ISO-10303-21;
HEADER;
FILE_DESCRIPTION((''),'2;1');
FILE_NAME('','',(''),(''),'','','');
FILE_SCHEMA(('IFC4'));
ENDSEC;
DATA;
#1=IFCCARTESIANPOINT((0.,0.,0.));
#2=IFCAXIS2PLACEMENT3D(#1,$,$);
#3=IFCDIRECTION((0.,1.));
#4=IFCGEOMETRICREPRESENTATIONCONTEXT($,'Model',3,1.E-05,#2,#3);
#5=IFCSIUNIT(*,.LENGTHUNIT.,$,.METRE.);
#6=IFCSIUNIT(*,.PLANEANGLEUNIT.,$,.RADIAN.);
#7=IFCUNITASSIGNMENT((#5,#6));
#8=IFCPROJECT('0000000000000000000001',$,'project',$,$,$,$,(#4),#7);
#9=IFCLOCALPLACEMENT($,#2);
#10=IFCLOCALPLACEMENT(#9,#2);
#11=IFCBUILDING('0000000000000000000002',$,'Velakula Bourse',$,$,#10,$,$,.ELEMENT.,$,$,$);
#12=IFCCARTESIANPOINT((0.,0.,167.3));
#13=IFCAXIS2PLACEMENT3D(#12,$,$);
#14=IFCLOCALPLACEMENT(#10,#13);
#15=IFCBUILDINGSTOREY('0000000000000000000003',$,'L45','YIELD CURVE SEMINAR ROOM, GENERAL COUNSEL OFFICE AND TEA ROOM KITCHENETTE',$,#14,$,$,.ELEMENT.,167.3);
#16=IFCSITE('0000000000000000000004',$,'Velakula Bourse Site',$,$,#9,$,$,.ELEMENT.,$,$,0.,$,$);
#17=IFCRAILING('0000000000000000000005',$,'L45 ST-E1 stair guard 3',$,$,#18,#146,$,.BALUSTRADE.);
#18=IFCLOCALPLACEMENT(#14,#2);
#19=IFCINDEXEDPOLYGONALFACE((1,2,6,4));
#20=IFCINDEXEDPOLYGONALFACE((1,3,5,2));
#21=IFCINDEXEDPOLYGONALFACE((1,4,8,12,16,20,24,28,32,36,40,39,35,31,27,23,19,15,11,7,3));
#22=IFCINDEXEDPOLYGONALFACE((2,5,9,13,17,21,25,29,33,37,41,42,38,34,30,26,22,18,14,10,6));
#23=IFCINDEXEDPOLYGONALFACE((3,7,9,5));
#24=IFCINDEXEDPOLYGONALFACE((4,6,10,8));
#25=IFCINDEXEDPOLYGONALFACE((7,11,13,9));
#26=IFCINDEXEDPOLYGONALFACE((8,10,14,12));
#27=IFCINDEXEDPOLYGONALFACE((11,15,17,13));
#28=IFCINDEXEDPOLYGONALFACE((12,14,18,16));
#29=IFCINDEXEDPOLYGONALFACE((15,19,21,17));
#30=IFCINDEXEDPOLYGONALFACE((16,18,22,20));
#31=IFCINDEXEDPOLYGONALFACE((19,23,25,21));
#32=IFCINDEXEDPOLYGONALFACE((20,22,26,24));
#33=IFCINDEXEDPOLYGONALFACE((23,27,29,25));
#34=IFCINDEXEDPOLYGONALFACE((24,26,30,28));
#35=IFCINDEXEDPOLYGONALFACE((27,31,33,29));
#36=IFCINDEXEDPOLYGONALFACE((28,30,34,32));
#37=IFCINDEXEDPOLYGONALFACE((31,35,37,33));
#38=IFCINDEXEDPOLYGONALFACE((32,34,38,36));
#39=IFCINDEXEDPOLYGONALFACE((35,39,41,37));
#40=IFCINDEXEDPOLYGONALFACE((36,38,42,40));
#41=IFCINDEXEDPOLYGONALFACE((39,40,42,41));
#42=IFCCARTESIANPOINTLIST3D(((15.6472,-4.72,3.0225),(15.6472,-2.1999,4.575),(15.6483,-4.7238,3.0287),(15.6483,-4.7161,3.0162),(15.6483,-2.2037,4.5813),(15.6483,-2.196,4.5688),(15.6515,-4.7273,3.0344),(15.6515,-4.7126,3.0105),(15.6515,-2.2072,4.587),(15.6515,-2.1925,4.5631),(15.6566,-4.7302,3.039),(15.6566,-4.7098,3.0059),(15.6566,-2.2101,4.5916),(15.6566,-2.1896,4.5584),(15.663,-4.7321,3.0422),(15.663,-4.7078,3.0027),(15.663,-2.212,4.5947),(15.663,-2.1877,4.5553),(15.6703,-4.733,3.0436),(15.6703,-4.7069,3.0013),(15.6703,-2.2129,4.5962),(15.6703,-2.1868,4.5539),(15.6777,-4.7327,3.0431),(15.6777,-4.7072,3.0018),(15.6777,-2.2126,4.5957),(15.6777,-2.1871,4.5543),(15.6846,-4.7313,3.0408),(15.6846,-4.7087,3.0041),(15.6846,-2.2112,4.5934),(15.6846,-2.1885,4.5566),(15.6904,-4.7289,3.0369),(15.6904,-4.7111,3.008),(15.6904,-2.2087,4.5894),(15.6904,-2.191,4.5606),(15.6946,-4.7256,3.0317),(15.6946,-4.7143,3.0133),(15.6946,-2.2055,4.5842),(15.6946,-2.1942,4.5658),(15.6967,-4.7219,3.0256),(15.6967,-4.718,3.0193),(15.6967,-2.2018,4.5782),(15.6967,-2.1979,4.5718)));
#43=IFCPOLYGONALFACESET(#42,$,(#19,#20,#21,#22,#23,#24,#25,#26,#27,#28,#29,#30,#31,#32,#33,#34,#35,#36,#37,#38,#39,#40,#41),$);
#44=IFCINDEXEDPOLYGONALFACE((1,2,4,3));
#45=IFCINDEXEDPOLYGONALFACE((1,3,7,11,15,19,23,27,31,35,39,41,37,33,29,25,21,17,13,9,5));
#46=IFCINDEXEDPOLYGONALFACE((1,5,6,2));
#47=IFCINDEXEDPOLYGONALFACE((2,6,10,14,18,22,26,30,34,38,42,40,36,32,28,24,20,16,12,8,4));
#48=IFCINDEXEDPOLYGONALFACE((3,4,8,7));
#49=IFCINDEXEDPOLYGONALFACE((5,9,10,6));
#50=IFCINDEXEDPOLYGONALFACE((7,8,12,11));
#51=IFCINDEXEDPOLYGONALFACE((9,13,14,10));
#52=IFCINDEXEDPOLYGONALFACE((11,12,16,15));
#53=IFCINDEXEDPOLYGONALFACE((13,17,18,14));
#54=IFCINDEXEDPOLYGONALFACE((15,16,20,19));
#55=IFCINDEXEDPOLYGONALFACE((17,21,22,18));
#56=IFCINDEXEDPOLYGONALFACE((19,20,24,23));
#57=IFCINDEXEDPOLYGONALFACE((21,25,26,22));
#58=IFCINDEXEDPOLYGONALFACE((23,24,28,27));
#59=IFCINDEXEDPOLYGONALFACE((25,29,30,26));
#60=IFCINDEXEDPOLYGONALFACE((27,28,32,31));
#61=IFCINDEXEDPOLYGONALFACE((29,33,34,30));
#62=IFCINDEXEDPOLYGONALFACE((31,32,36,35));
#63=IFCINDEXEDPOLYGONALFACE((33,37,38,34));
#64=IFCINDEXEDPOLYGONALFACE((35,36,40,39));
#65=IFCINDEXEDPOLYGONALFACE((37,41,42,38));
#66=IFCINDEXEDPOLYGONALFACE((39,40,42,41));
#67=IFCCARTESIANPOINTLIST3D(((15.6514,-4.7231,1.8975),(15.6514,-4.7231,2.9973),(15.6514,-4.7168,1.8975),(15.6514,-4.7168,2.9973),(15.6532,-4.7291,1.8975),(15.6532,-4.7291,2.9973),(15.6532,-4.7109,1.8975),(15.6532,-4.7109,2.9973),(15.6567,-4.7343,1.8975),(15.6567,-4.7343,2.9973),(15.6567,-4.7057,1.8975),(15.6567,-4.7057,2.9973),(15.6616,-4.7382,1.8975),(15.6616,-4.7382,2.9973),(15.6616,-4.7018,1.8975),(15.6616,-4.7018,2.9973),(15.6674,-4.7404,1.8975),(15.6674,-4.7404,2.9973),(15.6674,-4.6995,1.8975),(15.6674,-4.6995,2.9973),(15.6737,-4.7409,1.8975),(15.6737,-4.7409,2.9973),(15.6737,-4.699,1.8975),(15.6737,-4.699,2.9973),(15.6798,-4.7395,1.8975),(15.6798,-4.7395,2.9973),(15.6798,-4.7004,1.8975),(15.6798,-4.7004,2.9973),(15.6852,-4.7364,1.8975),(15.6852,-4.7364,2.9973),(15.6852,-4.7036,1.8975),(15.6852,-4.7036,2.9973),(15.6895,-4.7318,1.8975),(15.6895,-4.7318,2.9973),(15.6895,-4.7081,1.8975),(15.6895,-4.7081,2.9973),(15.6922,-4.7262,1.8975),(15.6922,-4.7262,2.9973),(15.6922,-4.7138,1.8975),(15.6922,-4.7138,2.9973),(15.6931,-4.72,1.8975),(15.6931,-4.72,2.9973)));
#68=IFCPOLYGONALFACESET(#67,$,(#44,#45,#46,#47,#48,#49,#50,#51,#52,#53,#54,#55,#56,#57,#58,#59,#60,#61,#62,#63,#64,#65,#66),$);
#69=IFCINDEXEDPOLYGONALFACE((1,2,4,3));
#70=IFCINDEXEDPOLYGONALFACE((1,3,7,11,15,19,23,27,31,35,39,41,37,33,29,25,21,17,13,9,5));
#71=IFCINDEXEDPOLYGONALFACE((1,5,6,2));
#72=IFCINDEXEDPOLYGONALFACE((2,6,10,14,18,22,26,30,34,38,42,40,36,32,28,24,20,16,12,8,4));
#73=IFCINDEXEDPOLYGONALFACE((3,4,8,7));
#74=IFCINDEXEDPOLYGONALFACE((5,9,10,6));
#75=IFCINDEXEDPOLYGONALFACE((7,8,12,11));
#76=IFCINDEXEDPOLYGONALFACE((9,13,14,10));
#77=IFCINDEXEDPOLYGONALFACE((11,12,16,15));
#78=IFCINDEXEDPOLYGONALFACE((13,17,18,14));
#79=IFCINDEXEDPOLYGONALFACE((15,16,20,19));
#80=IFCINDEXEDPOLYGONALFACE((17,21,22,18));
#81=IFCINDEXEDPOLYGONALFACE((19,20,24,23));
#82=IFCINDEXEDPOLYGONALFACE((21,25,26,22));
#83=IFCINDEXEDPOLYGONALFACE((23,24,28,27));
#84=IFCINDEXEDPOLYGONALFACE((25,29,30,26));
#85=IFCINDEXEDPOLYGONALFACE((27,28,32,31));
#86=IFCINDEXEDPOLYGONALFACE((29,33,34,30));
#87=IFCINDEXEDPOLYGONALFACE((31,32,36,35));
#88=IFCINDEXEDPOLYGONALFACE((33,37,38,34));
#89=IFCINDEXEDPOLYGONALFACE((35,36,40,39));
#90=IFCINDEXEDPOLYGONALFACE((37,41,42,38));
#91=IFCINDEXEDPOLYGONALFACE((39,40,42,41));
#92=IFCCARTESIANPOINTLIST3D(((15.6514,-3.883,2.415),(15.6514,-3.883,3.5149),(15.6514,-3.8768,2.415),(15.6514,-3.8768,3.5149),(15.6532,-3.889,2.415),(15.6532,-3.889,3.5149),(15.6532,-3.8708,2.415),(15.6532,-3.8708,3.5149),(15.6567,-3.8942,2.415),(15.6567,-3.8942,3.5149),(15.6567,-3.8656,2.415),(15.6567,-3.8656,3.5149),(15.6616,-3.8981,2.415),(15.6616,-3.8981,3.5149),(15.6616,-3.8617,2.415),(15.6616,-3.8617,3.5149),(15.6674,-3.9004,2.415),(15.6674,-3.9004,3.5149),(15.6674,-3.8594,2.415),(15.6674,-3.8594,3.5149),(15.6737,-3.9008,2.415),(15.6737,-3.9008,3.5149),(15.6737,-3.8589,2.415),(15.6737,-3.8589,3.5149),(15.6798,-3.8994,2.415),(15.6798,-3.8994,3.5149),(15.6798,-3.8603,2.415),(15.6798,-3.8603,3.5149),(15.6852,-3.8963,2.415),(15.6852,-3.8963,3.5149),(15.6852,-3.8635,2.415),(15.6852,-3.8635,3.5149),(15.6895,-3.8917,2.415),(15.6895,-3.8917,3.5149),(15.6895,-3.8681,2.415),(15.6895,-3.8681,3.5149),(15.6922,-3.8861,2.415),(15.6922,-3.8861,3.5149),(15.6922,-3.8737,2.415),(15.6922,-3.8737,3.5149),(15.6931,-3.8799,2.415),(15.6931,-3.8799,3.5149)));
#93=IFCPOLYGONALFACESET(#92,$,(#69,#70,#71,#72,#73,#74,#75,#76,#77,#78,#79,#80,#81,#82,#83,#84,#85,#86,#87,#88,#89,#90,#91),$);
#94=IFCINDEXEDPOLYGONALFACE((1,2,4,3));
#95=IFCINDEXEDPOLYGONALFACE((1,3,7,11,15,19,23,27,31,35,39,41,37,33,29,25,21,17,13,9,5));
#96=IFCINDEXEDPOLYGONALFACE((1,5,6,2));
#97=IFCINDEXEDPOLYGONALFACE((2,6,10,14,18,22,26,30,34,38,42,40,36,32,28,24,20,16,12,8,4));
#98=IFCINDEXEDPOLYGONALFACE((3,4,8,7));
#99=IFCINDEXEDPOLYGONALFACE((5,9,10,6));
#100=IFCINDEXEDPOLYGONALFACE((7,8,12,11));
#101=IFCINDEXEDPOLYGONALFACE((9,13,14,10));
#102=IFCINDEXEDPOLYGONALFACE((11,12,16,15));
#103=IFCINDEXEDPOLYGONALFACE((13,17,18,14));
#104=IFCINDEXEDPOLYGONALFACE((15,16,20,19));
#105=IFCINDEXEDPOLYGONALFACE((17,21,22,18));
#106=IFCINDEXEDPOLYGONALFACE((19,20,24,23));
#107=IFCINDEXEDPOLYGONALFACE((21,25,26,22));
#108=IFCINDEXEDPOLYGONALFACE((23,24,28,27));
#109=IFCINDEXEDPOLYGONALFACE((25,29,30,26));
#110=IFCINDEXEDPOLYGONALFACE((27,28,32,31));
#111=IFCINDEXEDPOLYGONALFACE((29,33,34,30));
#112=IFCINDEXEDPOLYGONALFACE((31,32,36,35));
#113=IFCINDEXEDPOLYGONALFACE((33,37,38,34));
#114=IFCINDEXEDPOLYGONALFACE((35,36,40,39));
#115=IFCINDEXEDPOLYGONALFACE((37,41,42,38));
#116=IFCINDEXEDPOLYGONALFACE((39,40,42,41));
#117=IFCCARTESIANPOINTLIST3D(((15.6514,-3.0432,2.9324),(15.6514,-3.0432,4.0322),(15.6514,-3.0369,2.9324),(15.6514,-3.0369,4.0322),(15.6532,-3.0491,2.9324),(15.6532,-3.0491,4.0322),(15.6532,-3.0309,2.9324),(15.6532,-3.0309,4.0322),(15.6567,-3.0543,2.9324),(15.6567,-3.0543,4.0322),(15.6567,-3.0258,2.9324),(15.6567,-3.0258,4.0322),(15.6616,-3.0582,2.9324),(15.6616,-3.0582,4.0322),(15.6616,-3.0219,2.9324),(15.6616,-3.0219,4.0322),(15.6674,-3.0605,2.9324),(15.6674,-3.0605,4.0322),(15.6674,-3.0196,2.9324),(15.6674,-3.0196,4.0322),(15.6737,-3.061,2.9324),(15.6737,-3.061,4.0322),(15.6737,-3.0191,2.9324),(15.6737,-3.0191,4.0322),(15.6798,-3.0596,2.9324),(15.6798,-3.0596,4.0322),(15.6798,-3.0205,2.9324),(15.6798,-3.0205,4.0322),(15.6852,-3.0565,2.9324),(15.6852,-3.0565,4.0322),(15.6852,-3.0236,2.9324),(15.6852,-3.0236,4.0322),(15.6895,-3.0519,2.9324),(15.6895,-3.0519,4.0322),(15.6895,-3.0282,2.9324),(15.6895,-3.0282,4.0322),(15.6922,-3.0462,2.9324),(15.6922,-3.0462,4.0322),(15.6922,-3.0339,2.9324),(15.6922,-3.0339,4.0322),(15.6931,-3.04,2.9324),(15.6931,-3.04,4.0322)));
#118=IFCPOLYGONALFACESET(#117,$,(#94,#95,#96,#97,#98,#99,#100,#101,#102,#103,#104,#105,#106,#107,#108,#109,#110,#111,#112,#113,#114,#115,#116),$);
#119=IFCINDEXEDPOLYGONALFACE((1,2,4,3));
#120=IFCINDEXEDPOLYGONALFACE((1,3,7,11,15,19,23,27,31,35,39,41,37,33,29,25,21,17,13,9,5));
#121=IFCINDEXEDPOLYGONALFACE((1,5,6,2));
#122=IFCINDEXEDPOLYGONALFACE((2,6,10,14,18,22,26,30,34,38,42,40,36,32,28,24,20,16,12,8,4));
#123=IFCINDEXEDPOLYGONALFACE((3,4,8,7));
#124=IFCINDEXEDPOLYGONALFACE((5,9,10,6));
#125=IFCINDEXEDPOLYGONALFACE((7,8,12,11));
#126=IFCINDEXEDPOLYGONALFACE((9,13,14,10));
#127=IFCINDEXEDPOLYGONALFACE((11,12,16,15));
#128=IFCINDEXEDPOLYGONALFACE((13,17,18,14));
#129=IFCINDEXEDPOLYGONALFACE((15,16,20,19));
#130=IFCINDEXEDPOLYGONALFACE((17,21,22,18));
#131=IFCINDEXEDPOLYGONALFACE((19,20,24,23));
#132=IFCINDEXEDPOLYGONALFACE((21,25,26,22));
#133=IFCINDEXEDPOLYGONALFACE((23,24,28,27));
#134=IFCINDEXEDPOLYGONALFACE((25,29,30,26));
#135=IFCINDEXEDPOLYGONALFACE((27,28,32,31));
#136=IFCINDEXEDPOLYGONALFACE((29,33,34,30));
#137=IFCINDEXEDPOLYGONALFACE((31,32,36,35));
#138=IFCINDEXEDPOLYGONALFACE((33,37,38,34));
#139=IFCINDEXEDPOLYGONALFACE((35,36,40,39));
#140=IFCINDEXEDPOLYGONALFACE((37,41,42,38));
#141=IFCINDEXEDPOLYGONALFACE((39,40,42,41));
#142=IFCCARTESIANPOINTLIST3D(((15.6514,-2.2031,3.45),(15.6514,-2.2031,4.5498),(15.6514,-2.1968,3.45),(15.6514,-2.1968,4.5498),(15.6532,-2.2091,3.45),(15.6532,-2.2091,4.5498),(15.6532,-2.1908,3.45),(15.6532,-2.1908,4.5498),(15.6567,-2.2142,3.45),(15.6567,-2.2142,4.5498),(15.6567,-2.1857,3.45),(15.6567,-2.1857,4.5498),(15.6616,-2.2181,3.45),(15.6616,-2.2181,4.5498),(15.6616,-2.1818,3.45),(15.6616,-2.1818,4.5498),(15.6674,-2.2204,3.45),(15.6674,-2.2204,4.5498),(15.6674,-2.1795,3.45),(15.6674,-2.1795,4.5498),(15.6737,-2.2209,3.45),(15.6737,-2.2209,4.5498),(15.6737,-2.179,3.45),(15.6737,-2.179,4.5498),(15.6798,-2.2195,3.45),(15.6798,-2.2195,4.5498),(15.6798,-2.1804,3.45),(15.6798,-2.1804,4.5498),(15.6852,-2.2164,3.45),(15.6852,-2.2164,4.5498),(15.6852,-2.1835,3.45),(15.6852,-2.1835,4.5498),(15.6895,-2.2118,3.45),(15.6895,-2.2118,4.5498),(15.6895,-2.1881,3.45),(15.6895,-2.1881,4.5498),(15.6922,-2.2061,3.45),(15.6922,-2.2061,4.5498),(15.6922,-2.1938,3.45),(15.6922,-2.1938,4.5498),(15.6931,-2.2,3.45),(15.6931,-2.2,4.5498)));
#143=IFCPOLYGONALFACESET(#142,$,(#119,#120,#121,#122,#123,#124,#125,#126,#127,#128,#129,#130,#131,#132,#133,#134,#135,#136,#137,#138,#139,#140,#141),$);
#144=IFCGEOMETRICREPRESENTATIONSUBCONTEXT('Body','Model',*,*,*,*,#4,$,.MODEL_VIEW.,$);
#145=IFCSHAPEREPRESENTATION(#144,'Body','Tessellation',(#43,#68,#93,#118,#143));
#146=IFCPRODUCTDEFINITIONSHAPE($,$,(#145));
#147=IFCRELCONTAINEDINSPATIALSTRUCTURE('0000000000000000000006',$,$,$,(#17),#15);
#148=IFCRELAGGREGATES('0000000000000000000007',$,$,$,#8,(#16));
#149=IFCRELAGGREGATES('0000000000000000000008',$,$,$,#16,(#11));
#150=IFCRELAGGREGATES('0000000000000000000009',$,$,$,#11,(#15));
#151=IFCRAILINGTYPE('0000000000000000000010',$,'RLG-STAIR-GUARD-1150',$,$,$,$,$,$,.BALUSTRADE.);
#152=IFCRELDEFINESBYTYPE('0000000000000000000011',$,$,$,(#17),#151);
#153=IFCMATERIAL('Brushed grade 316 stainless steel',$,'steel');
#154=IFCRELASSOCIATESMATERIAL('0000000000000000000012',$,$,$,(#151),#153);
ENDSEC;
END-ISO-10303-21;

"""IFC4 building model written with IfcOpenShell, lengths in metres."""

from ifc_helpers import new_model, si_unit, direction, frame, origin, origin_2d, place, context, subcontext, project, spatial, circle, extrude, material, type_object, element, save


model = new_model("IFC4")

# Units and contexts
model_context = context("Model", 3, precision=1e-05, world=origin(), true_north=direction((0.0, 1.0)))
body_context = subcontext(model_context, "Body", "Model", "MODEL_VIEW")
ifc_project = project(units=[si_unit("LENGTHUNIT", "METRE"), si_unit("PLANEANGLEUNIT", "RADIAN")], contexts=[model_context])

# Site, building, storey
site_placement = place(None, origin())
site = spatial("IfcSite", under=ifc_project, at=site_placement, Name="Velakula Bourse Site", CompositionType="ELEMENT", RefElevation=0.0)
building_placement = place(site_placement, origin())
building = spatial("IfcBuilding", under=site, at=building_placement, Name="Velakula Bourse", CompositionType="ELEMENT")
storey_placement = place(building_placement, frame((0.0, 0.0, 167.3)))
storey = spatial("IfcBuildingStorey", under=building, at=storey_placement, Name="L45", Description="YIELD CURVE SEMINAR ROOM, GENERAL COUNSEL OFFICE AND TEA ROOM KITCHENETTE", CompositionType="ELEMENT", Elevation=167.3)

# Railing
ifc_material_1 = material(Name="Brushed grade 316 stainless steel", Category="steel")
railing_type_1 = type_object("IfcRailingType", Name="RLG-STAIR-GUARD-1150", PredefinedType="BALUSTRADE", material=ifc_material_1)
railing_1_placement = place(storey_placement, frame((15.6721, -4.72, 1.8975)))
element("IfcRailing", 1, at=railing_1_placement, inside=storey, type_object=railing_type_1, Name="L45 ST-E1 stair guard 3", PredefinedType="BALUSTRADE", context=body_context, shape_type="SweptSolid", body=[
    extrude(circle(Radius=0.0249, at=origin_2d()), frame((0.0, 0.0, 1.125), z_axis=(0.0, 0.8514, 0.524516), x_axis=(-1.0, 0.0, 0.0)), (0.0, 0.0, 1.0), 2.96),
    extrude(circle(Radius=0.021, at=origin_2d()), origin(), (0.0, 0.0, 1.0), 1.0999),
    extrude(circle(Radius=0.021, at=origin_2d()), frame((0.0, 0.8401, 0.5176)), (0.0, 0.0, 1.0), 1.0999),
    extrude(circle(Radius=0.021, at=origin_2d()), frame((0.0, 1.6799, 1.0349)), (0.0, 0.0, 1.0), 1.0999),
    extrude(circle(Radius=0.021, at=origin_2d()), frame((0.0, 2.52, 1.5525)), (0.0, 0.0, 1.0), 1.0999),
])

save(model, "model.ifc")
